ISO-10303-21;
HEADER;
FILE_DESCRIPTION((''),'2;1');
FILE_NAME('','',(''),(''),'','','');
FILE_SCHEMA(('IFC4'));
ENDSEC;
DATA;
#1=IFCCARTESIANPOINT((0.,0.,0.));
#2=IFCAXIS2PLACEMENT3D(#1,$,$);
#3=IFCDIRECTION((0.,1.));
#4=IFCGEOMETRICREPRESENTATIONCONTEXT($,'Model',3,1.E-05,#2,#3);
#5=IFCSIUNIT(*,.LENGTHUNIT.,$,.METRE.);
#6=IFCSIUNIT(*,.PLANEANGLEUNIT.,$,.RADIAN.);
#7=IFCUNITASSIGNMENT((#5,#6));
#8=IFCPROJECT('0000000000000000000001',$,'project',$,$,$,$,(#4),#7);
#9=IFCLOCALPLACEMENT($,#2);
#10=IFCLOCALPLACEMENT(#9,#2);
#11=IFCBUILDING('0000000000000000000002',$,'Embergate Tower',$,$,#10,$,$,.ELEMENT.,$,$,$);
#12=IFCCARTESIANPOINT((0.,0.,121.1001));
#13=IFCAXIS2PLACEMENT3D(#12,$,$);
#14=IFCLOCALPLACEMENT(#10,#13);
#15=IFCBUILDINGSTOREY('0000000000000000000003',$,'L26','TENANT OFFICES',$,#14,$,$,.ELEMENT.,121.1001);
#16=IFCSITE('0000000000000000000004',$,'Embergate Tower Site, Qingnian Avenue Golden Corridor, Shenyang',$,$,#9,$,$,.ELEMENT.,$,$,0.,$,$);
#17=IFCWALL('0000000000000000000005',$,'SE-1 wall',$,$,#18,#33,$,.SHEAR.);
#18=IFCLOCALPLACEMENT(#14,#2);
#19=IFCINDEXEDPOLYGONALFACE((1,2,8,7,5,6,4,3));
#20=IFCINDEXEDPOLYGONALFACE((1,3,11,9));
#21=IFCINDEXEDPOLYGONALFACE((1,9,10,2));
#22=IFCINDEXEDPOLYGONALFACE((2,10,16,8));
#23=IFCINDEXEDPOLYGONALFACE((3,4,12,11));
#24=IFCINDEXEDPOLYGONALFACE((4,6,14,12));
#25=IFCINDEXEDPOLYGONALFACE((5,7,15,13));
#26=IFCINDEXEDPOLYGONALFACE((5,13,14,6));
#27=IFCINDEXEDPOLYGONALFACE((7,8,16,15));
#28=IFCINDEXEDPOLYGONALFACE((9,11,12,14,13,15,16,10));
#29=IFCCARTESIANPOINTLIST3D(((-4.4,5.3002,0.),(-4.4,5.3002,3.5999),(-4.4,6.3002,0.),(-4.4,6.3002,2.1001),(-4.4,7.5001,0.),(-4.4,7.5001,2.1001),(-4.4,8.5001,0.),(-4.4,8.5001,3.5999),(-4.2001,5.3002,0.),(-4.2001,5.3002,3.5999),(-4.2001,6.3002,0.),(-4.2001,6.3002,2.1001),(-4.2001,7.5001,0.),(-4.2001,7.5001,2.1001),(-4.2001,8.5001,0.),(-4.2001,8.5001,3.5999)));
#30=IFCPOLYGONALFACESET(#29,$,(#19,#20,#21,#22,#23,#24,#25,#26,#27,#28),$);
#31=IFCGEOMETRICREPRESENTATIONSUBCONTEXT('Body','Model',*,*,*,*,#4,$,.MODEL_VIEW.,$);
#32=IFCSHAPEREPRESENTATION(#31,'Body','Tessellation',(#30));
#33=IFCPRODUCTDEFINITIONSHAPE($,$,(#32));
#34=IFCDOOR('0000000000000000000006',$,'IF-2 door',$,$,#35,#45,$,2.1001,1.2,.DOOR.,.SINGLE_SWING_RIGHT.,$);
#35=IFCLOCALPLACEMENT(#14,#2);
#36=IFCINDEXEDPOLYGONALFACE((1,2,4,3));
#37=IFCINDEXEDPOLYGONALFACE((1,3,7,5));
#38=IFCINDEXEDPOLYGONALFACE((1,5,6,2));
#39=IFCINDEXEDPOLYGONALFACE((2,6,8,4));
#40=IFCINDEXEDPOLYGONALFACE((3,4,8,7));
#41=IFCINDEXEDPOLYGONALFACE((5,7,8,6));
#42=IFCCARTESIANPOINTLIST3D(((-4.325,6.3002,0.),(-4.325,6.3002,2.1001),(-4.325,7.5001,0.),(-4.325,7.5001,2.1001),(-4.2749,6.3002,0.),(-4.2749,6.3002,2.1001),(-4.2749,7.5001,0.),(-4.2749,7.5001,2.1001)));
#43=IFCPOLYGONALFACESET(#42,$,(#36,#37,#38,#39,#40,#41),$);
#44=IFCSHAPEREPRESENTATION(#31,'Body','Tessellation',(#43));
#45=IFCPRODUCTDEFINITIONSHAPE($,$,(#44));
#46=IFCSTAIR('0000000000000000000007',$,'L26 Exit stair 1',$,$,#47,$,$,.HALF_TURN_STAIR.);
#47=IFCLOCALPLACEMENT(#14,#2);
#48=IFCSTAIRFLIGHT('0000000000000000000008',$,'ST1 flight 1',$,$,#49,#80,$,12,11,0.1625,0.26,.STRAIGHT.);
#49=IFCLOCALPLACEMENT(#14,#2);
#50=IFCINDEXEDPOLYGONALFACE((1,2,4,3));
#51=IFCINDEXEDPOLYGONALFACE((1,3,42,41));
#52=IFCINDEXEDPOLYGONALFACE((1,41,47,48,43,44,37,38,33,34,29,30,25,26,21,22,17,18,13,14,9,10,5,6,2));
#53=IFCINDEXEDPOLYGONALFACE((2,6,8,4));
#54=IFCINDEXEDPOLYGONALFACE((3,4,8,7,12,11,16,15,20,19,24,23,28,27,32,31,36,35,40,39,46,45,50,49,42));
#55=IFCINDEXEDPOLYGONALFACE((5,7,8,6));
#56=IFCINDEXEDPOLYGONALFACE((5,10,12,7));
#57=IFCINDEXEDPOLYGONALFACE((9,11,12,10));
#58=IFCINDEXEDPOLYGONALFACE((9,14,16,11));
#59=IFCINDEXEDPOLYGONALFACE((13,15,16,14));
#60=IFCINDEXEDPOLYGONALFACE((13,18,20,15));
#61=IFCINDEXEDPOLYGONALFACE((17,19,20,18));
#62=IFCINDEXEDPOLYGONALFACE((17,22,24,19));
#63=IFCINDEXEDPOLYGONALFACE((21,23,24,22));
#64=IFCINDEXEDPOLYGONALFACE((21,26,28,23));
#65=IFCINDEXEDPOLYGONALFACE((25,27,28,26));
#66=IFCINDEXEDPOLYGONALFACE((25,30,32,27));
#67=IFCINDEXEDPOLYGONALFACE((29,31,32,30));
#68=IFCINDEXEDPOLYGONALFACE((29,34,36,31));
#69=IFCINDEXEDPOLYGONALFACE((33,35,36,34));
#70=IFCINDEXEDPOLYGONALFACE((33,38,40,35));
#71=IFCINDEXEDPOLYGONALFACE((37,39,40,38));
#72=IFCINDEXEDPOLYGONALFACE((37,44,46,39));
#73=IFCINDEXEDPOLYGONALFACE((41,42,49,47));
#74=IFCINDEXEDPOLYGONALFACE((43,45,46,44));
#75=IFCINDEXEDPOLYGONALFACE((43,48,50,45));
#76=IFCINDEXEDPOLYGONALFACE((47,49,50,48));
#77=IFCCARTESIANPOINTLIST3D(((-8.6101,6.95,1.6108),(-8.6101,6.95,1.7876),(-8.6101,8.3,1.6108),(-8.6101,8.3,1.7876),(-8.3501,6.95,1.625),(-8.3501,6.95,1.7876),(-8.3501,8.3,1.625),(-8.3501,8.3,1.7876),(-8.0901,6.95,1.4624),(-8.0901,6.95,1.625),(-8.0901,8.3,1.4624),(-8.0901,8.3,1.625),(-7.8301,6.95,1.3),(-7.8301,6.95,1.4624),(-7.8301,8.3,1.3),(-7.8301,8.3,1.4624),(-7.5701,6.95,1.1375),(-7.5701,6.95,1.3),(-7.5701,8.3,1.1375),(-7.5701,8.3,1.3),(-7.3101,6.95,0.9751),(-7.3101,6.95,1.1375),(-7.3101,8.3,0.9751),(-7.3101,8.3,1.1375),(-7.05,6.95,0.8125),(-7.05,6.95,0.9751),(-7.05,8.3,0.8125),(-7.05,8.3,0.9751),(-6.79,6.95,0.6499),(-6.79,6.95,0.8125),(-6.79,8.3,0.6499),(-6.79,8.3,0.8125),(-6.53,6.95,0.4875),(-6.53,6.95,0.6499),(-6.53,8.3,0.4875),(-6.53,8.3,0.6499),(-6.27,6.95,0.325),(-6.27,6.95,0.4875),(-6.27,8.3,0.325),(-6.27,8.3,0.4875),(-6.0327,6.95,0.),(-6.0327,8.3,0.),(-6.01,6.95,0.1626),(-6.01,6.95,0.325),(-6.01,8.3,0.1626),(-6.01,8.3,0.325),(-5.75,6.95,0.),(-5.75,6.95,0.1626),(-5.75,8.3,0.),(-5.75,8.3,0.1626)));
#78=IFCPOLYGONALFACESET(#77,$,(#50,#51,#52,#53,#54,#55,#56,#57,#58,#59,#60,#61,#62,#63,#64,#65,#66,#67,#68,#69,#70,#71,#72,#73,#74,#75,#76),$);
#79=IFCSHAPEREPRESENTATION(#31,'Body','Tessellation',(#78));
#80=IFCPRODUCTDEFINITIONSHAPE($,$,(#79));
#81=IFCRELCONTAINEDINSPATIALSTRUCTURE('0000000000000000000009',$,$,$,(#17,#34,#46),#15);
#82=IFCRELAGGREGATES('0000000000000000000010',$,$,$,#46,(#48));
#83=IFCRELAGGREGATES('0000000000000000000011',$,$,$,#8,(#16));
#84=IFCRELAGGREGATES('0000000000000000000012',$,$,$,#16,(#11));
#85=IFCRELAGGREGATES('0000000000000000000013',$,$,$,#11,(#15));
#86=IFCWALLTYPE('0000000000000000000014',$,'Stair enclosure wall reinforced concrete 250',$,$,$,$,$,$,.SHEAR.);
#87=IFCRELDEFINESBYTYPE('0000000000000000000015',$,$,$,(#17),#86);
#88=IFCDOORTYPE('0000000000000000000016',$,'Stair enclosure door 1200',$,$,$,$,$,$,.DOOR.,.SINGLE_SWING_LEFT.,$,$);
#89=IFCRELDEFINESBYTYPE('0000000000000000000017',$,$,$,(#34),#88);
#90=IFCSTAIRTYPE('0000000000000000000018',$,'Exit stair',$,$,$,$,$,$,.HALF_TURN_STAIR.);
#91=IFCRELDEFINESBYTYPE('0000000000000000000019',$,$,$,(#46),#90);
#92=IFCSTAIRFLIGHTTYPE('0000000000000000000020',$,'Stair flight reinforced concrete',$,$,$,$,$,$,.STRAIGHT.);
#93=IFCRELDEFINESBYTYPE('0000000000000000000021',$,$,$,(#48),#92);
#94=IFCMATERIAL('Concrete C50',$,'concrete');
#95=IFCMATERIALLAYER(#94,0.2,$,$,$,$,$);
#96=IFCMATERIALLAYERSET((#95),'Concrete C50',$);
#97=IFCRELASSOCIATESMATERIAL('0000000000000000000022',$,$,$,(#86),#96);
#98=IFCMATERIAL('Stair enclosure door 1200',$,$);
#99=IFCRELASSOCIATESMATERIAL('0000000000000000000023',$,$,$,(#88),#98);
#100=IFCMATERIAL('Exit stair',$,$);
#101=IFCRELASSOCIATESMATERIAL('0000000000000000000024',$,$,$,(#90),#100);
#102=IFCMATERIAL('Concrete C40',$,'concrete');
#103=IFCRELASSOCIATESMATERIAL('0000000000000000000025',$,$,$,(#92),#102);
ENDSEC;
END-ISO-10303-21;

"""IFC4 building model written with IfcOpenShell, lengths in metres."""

from ifc_helpers import new_model, si_unit, direction, frame, frame_2d, origin, place, context, subcontext, project, spatial, polyline, rectangle, outline, extrude, source, transform, mapped, material, layer, layer_set, type_object, element, fill, aggregate, save


model = new_model("IFC4")

# Units and contexts
model_context = context("Model", 3, precision=1e-05, world=origin(), true_north=direction((0.0, 1.0)))
body_context = subcontext(model_context, "Body", "Model", "MODEL_VIEW")
ifc_project = project(units=[si_unit("LENGTHUNIT", "METRE"), si_unit("PLANEANGLEUNIT", "RADIAN")], contexts=[model_context])

# Site, building, storey
site_placement = place(None, origin())
site = spatial("IfcSite", under=ifc_project, at=site_placement, Name="Embergate Tower Site, Qingnian Avenue Golden Corridor, Shenyang", CompositionType="ELEMENT", RefElevation=0.0)
building_placement = place(site_placement, origin())
building = spatial("IfcBuilding", under=site, at=building_placement, Name="Embergate Tower", CompositionType="ELEMENT")
storey_placement = place(building_placement, frame((0.0, 0.0, 121.1001)))
storey = spatial("IfcBuildingStorey", under=building, at=storey_placement, Name="L26", Description="TENANT OFFICES", CompositionType="ELEMENT", Elevation=121.1001)

# Shared definitions
ifc_material_1 = material(Name="Concrete C50", Category="concrete")

# Shared definitions
ifc_layer_1 = layer(ifc_material_1, 0.2)
ifc_layer_set_1 = layer_set([ifc_layer_1], Name="Concrete C50")
wall_type_1 = type_object("IfcWallType", Name="Stair enclosure wall reinforced concrete 250", PredefinedType="SHEAR", material=ifc_layer_set_1)

# Wall, opening, door
shared_shape_1 = source(origin(), body_context, "Body", "SweptSolid", [
    extrude(rectangle(XDim=3.2, YDim=0.2, at=frame_2d((1.6001, 0.0))), origin(), (0.0, 0.0, 1.0), 3.5999),
])
wall_1_placement = place(storey_placement, frame((-4.3, 5.3, 0.0), z_axis=(0.0, 0.0, 1.0), x_axis=(0.0, 1.0, 0.0)))
wall_1 = element("IfcWall", 1, at=wall_1_placement, inside=storey, type_object=wall_type_1, Name="SE-1 wall", PredefinedType="SHEAR", context=body_context, shape_type="MappedRepresentation", body=[
    mapped(shared_shape_1, transform((0.0, 0.0, 0.0))),
])
shared_shape_2 = source(origin(), body_context, "Body", "SweptSolid", [
    extrude(rectangle(XDim=1.2, YDim=2.1001, at=frame_2d((0.6001, 1.05))), frame((0.0, 0.1099, 0.0), z_axis=(0.0, -1.0, 0.0), x_axis=(1.0, 0.0, 0.0)), (0.0, 0.0, 1.0), 0.22),
])
opening_1_placement = place(wall_1_placement, frame((1.0, 0.0, 0.0)))
opening_1 = element("IfcOpeningElement", 2, at=opening_1_placement, cuts=wall_1, PredefinedType="OPENING", context=body_context, shape_type="MappedRepresentation", body=[
    mapped(shared_shape_2, transform((0.0, 0.0, 0.0))),
])
ifc_material_2 = material(Name="Stair enclosure door 1200")
door_type_1 = type_object("IfcDoorType", Name="Stair enclosure door 1200", OperationType="SINGLE_SWING_LEFT", PredefinedType="DOOR", material=ifc_material_2)
shared_shape_3 = source(origin(), body_context, "Body", "SweptSolid", [
    extrude(rectangle(XDim=1.2, YDim=2.1001, at=frame_2d((0.6001, 1.05))), frame((0.0, 0.0249, 0.0), z_axis=(0.0, -1.0, 0.0), x_axis=(1.0, 0.0, 0.0)), (0.0, 0.0, 1.0), 0.05),
])
door_1_placement = place(opening_1_placement, origin())
door_1 = element("IfcDoor", 3, at=door_1_placement, inside=storey, type_object=door_type_1, Name="IF-2 door", OperationType="SINGLE_SWING_RIGHT", OverallHeight=2.1001, OverallWidth=1.2, PredefinedType="DOOR", context=body_context, shape_type="MappedRepresentation", body=[
    mapped(shared_shape_3, transform((0.0, 0.0, 0.0))),
])
fill(opening_1, door_1)

# Stair, stair flight
ifc_material_3 = material(Name="Exit stair")
stair_type = type_object("IfcStairType", Name="Exit stair", PredefinedType="HALF_TURN_STAIR", material=ifc_material_3)
stair_placement = place(storey_placement, origin())
stair = element("IfcStair", 4, at=stair_placement, inside=storey, type_object=stair_type, Name="L26 Exit stair 1", PredefinedType="HALF_TURN_STAIR")
ifc_material_4 = material(Name="Concrete C40", Category="concrete")
stair_flight_type = type_object("IfcStairFlightType", Name="Stair flight reinforced concrete", PredefinedType="STRAIGHT", material=ifc_material_4)
shared_shape_4 = source(origin(), body_context, "Body", "SweptSolid", [
    extrude(outline(polyline([(0.0, 0.0), (0.0, 0.1626), (0.26, 0.1626), (0.26, 0.325), (0.52, 0.325), (0.52, 0.4875), (0.78, 0.4875), (0.78, 0.6499), (1.04, 0.6499), (1.04, 0.8125), (1.3, 0.8125), (1.3, 0.9751), (1.5601, 0.9751), (1.5601, 1.1375), (1.8201, 1.1375), (1.8201, 1.3), (2.0801, 1.3), (2.0801, 1.4624), (2.3401, 1.4624), (2.3401, 1.625), (2.6001, 1.625), (2.6001, 1.7876), (2.8601, 1.7876), (2.8601, 1.95), (2.8601, 1.6108), (0.2827, 0.0), (0.0, 0.0)])), frame((0.0, 0.675, 0.0), z_axis=(0.0, -1.0, 0.0), x_axis=(1.0, 0.0, 0.0)), (0.0, 0.0, 1.0), 1.3501),
])
stair_flight_placement = place(storey_placement, frame((-5.75, 7.625, 0.0), z_axis=(0.0, 0.0, 1.0), x_axis=(-1.0, 0.0, 0.0)))
stair_flight = element("IfcStairFlight", 5, at=stair_flight_placement, type_object=stair_flight_type, Name="ST1 flight 1", NumberOfRisers=12, NumberOfTreads=11, PredefinedType="STRAIGHT", RiserHeight=0.1625, TreadLength=0.26, context=body_context, shape_type="MappedRepresentation", body=[
    mapped(shared_shape_4, transform((0.0, 0.0, 0.0))),
])
aggregate(stair, [stair_flight])

save(model, "model.ifc")
